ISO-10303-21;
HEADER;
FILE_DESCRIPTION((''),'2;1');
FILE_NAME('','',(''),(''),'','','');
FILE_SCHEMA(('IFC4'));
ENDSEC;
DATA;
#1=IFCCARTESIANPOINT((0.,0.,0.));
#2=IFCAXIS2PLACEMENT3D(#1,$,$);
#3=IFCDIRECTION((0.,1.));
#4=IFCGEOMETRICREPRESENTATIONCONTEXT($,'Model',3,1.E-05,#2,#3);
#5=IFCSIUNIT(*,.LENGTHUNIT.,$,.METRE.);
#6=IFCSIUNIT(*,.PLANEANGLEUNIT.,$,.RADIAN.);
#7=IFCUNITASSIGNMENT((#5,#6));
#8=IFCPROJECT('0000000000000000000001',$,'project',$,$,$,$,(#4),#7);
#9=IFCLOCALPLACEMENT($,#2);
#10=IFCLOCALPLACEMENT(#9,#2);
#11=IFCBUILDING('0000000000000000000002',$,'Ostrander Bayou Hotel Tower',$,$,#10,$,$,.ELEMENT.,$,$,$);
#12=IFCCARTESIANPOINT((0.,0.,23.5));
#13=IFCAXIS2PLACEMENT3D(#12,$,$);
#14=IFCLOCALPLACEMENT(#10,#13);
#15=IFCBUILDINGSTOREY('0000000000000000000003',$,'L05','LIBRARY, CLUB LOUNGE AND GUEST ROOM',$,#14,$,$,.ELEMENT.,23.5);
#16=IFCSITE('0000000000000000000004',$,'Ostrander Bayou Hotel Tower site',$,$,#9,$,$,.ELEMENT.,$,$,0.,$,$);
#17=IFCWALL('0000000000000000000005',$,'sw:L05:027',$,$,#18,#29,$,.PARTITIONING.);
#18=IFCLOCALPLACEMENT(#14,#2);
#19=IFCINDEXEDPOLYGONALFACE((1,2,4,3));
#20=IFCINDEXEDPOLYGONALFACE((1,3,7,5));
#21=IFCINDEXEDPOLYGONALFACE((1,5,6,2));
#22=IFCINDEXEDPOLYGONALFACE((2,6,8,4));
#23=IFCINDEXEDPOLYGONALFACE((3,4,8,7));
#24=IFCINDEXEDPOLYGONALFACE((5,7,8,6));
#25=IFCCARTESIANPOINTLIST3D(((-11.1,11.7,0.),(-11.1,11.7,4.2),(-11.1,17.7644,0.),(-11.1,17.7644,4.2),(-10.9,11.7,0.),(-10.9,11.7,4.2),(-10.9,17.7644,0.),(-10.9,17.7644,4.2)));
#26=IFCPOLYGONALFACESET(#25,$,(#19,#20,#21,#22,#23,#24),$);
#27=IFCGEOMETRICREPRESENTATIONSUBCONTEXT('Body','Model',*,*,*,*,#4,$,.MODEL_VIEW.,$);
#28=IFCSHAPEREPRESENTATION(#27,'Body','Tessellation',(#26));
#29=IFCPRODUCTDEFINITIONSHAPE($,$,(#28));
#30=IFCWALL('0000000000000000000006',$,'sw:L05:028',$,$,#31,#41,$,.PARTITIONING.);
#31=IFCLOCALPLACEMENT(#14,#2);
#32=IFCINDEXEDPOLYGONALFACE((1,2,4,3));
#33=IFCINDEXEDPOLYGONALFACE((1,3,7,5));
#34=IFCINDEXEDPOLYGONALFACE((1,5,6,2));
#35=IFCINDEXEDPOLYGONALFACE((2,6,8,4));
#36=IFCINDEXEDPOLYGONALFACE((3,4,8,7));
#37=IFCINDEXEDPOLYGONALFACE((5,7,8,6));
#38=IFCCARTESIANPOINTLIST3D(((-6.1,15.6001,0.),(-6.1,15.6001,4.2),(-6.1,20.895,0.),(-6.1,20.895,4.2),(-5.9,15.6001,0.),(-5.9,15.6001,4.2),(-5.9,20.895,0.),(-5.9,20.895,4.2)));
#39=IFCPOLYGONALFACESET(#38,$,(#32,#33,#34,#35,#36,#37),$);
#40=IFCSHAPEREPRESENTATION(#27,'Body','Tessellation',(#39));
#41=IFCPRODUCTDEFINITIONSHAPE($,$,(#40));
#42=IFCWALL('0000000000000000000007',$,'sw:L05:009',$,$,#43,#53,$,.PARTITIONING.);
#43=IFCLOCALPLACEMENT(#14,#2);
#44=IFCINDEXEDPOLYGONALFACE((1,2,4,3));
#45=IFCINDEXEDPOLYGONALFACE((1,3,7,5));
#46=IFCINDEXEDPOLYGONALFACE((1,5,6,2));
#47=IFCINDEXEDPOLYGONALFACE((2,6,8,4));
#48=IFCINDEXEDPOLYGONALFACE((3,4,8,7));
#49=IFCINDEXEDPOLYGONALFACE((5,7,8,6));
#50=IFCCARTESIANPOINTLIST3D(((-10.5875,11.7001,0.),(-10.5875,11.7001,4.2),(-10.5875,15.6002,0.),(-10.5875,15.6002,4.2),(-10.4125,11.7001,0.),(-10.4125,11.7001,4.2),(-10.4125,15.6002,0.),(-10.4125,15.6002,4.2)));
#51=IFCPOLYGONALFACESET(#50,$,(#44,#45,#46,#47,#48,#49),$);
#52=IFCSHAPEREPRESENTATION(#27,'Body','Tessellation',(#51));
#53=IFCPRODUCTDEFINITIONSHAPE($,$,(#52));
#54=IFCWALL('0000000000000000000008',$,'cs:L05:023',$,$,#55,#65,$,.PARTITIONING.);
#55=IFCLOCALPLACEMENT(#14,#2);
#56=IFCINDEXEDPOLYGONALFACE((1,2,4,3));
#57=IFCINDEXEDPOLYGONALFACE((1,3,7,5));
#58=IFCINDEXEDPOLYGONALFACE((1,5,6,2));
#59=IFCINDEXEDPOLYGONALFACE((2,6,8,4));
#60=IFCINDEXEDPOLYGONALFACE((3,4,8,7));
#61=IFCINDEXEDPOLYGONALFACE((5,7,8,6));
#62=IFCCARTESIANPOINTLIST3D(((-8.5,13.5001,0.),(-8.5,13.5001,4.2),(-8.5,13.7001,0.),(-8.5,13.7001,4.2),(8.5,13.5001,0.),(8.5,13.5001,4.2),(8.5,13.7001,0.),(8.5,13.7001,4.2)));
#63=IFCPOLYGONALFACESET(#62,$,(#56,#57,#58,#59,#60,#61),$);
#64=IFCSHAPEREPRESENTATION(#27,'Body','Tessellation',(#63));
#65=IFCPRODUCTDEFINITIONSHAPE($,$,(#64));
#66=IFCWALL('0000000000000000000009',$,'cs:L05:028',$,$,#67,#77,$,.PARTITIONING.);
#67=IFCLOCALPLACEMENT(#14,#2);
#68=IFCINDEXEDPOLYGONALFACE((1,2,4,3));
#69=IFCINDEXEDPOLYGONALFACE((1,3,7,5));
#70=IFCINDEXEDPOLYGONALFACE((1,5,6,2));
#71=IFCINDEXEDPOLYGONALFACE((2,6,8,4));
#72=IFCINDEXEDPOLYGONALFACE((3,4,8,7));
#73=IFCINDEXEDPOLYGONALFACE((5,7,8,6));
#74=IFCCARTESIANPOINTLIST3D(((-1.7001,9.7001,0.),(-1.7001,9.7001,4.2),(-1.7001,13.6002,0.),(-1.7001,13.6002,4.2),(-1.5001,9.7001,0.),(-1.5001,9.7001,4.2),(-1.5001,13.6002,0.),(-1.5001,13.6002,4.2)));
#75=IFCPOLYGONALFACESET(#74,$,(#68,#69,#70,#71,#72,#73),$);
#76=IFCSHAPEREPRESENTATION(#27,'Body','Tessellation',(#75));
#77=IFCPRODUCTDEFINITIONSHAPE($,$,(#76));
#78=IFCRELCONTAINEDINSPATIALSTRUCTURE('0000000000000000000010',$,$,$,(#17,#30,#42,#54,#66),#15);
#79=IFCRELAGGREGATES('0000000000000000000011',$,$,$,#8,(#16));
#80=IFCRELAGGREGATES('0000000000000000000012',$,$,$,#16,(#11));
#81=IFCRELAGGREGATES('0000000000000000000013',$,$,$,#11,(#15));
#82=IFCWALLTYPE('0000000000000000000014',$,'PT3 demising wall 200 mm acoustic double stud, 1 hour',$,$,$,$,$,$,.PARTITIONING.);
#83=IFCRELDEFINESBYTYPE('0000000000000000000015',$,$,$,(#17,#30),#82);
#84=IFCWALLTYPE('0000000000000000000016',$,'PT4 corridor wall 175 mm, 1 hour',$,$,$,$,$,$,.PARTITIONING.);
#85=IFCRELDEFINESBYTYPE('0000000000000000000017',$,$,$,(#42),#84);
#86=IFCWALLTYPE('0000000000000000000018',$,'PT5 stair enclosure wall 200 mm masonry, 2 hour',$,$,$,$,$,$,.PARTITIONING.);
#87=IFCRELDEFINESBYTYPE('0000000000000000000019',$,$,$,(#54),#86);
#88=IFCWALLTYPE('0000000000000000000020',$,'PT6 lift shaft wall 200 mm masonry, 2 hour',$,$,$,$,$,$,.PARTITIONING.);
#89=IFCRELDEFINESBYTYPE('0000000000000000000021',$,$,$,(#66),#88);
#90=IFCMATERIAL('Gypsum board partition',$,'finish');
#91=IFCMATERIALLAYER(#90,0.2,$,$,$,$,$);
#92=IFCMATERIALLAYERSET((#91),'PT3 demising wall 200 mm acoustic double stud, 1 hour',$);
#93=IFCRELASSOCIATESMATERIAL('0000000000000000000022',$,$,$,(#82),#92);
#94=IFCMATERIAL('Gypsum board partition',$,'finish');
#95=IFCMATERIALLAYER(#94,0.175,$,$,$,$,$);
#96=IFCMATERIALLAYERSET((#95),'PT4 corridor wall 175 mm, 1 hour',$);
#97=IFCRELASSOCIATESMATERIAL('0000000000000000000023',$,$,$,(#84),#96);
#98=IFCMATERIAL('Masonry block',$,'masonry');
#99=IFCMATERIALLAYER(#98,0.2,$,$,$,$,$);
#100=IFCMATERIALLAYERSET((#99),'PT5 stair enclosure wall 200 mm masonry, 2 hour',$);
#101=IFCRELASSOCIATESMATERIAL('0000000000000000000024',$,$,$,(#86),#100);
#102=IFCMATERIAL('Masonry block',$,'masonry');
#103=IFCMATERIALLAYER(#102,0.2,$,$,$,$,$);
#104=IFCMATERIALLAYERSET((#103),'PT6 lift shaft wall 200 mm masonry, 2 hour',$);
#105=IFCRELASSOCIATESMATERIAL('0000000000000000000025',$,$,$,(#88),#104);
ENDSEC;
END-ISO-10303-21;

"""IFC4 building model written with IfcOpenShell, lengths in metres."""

from ifc_helpers import new_model, si_unit, direction, frame, frame_2d, origin, place, context, subcontext, project, spatial, rectangle, extrude, material, layer, layer_set, type_object, element, save


model = new_model("IFC4")

# Units and contexts
model_context = context("Model", 3, precision=1e-05, world=origin(), true_north=direction((0.0, 1.0)))
body_context = subcontext(model_context, "Body", "Model", "MODEL_VIEW")
ifc_project = project(units=[si_unit("LENGTHUNIT", "METRE"), si_unit("PLANEANGLEUNIT", "RADIAN")], contexts=[model_context])

# Site, building, storey
site_placement = place(None, origin())
site = spatial("IfcSite", under=ifc_project, at=site_placement, Name="Ostrander Bayou Hotel Tower site", CompositionType="ELEMENT", RefElevation=0.0)
building_placement = place(site_placement, origin())
building = spatial("IfcBuilding", under=site, at=building_placement, Name="Ostrander Bayou Hotel Tower", CompositionType="ELEMENT")
storey_placement = place(building_placement, frame((0.0, 0.0, 23.5)))
storey = spatial("IfcBuildingStorey", under=building, at=storey_placement, Name="L05", Description="LIBRARY, CLUB LOUNGE AND GUEST ROOM", CompositionType="ELEMENT", Elevation=23.5)

# Walls
ifc_material_1 = material(Name="Gypsum board partition", Category="finish")
ifc_layer_1 = layer(ifc_material_1, 0.2)
ifc_layer_set_1 = layer_set([ifc_layer_1], Name="PT3 demising wall 200 mm acoustic double stud, 1 hour")
wall_type_1 = type_object("IfcWallType", Name="PT3 demising wall 200 mm acoustic double stud, 1 hour", PredefinedType="PARTITIONING", material=ifc_layer_set_1)
wall_1_placement = place(storey_placement, frame((-11.0, 11.7, 0.0), z_axis=(0.0, 0.0, 1.0), x_axis=(0.0, 1.0, 0.0)))
element("IfcWall", 1, at=wall_1_placement, inside=storey, type_object=wall_type_1, Name="sw:L05:027", PredefinedType="PARTITIONING", context=body_context, shape_type="SweptSolid", body=[
    extrude(rectangle(XDim=6.0645, YDim=0.2, at=frame_2d((3.0322, 0.0))), origin(), (0.0, 0.0, 1.0), 4.2),
])
wall_2_placement = place(storey_placement, frame((-6.0, 15.6001, 0.0), z_axis=(0.0, 0.0, 1.0), x_axis=(0.0, 1.0, 0.0)))
element("IfcWall", 2, at=wall_2_placement, inside=storey, type_object=wall_type_1, Name="sw:L05:028", PredefinedType="PARTITIONING", context=body_context, shape_type="SweptSolid", body=[
    extrude(rectangle(XDim=5.2949, YDim=0.2, at=frame_2d((2.6475, 0.0))), origin(), (0.0, 0.0, 1.0), 4.2),
])

# Shared definitions
ifc_material_2 = material(Name="Gypsum board partition", Category="finish")
ifc_layer_2 = layer(ifc_material_2, 0.175)
ifc_layer_set_2 = layer_set([ifc_layer_2], Name="PT4 corridor wall 175 mm, 1 hour")
wall_type_2 = type_object("IfcWallType", Name="PT4 corridor wall 175 mm, 1 hour", PredefinedType="PARTITIONING", material=ifc_layer_set_2)

# Wall
wall_3_placement = place(storey_placement, frame((-10.5, 11.7, 0.0), z_axis=(0.0, 0.0, 1.0), x_axis=(0.0, 1.0, 0.0)))
element("IfcWall", 3, at=wall_3_placement, inside=storey, type_object=wall_type_2, Name="sw:L05:009", PredefinedType="PARTITIONING", context=body_context, shape_type="SweptSolid", body=[
    extrude(rectangle(XDim=3.9001, YDim=0.175, at=frame_2d((1.9502, 0.0))), origin(), (0.0, 0.0, 1.0), 4.2),
])

# Wall
ifc_material_3 = material(Name="Masonry block", Category="masonry")
ifc_layer_3 = layer(ifc_material_3, 0.2)
ifc_layer_set_3 = layer_set([ifc_layer_3], Name="PT5 stair enclosure wall 200 mm masonry, 2 hour")
wall_type_3 = type_object("IfcWallType", Name="PT5 stair enclosure wall 200 mm masonry, 2 hour", PredefinedType="PARTITIONING", material=ifc_layer_set_3)
wall_4_placement = place(storey_placement, frame((-8.5, 13.6001, 0.0), z_axis=(0.0, 0.0, 1.0), x_axis=(1.0, 0.0, 0.0)))
element("IfcWall", 4, at=wall_4_placement, inside=storey, type_object=wall_type_3, Name="cs:L05:023", PredefinedType="PARTITIONING", context=body_context, shape_type="SweptSolid", body=[
    extrude(rectangle(XDim=17.0, YDim=0.2, at=frame_2d((8.5, 0.0))), origin(), (0.0, 0.0, 1.0), 4.2),
])

# Wall
ifc_material_4 = material(Name="Masonry block", Category="masonry")
ifc_layer_4 = layer(ifc_material_4, 0.2)
ifc_layer_set_4 = layer_set([ifc_layer_4], Name="PT6 lift shaft wall 200 mm masonry, 2 hour")
wall_type_4 = type_object("IfcWallType", Name="PT6 lift shaft wall 200 mm masonry, 2 hour", PredefinedType="PARTITIONING", material=ifc_layer_set_4)
wall_5_placement = place(storey_placement, frame((-1.6001, 9.7, 0.0), z_axis=(0.0, 0.0, 1.0), x_axis=(0.0, 1.0, 0.0)))
element("IfcWall", 5, at=wall_5_placement, inside=storey, type_object=wall_type_4, Name="cs:L05:028", PredefinedType="PARTITIONING", context=body_context, shape_type="SweptSolid", body=[
    extrude(rectangle(XDim=3.9001, YDim=0.2, at=frame_2d((1.9502, 0.0))), origin(), (0.0, 0.0, 1.0), 4.2),
])

save(model, "model.ifc")
